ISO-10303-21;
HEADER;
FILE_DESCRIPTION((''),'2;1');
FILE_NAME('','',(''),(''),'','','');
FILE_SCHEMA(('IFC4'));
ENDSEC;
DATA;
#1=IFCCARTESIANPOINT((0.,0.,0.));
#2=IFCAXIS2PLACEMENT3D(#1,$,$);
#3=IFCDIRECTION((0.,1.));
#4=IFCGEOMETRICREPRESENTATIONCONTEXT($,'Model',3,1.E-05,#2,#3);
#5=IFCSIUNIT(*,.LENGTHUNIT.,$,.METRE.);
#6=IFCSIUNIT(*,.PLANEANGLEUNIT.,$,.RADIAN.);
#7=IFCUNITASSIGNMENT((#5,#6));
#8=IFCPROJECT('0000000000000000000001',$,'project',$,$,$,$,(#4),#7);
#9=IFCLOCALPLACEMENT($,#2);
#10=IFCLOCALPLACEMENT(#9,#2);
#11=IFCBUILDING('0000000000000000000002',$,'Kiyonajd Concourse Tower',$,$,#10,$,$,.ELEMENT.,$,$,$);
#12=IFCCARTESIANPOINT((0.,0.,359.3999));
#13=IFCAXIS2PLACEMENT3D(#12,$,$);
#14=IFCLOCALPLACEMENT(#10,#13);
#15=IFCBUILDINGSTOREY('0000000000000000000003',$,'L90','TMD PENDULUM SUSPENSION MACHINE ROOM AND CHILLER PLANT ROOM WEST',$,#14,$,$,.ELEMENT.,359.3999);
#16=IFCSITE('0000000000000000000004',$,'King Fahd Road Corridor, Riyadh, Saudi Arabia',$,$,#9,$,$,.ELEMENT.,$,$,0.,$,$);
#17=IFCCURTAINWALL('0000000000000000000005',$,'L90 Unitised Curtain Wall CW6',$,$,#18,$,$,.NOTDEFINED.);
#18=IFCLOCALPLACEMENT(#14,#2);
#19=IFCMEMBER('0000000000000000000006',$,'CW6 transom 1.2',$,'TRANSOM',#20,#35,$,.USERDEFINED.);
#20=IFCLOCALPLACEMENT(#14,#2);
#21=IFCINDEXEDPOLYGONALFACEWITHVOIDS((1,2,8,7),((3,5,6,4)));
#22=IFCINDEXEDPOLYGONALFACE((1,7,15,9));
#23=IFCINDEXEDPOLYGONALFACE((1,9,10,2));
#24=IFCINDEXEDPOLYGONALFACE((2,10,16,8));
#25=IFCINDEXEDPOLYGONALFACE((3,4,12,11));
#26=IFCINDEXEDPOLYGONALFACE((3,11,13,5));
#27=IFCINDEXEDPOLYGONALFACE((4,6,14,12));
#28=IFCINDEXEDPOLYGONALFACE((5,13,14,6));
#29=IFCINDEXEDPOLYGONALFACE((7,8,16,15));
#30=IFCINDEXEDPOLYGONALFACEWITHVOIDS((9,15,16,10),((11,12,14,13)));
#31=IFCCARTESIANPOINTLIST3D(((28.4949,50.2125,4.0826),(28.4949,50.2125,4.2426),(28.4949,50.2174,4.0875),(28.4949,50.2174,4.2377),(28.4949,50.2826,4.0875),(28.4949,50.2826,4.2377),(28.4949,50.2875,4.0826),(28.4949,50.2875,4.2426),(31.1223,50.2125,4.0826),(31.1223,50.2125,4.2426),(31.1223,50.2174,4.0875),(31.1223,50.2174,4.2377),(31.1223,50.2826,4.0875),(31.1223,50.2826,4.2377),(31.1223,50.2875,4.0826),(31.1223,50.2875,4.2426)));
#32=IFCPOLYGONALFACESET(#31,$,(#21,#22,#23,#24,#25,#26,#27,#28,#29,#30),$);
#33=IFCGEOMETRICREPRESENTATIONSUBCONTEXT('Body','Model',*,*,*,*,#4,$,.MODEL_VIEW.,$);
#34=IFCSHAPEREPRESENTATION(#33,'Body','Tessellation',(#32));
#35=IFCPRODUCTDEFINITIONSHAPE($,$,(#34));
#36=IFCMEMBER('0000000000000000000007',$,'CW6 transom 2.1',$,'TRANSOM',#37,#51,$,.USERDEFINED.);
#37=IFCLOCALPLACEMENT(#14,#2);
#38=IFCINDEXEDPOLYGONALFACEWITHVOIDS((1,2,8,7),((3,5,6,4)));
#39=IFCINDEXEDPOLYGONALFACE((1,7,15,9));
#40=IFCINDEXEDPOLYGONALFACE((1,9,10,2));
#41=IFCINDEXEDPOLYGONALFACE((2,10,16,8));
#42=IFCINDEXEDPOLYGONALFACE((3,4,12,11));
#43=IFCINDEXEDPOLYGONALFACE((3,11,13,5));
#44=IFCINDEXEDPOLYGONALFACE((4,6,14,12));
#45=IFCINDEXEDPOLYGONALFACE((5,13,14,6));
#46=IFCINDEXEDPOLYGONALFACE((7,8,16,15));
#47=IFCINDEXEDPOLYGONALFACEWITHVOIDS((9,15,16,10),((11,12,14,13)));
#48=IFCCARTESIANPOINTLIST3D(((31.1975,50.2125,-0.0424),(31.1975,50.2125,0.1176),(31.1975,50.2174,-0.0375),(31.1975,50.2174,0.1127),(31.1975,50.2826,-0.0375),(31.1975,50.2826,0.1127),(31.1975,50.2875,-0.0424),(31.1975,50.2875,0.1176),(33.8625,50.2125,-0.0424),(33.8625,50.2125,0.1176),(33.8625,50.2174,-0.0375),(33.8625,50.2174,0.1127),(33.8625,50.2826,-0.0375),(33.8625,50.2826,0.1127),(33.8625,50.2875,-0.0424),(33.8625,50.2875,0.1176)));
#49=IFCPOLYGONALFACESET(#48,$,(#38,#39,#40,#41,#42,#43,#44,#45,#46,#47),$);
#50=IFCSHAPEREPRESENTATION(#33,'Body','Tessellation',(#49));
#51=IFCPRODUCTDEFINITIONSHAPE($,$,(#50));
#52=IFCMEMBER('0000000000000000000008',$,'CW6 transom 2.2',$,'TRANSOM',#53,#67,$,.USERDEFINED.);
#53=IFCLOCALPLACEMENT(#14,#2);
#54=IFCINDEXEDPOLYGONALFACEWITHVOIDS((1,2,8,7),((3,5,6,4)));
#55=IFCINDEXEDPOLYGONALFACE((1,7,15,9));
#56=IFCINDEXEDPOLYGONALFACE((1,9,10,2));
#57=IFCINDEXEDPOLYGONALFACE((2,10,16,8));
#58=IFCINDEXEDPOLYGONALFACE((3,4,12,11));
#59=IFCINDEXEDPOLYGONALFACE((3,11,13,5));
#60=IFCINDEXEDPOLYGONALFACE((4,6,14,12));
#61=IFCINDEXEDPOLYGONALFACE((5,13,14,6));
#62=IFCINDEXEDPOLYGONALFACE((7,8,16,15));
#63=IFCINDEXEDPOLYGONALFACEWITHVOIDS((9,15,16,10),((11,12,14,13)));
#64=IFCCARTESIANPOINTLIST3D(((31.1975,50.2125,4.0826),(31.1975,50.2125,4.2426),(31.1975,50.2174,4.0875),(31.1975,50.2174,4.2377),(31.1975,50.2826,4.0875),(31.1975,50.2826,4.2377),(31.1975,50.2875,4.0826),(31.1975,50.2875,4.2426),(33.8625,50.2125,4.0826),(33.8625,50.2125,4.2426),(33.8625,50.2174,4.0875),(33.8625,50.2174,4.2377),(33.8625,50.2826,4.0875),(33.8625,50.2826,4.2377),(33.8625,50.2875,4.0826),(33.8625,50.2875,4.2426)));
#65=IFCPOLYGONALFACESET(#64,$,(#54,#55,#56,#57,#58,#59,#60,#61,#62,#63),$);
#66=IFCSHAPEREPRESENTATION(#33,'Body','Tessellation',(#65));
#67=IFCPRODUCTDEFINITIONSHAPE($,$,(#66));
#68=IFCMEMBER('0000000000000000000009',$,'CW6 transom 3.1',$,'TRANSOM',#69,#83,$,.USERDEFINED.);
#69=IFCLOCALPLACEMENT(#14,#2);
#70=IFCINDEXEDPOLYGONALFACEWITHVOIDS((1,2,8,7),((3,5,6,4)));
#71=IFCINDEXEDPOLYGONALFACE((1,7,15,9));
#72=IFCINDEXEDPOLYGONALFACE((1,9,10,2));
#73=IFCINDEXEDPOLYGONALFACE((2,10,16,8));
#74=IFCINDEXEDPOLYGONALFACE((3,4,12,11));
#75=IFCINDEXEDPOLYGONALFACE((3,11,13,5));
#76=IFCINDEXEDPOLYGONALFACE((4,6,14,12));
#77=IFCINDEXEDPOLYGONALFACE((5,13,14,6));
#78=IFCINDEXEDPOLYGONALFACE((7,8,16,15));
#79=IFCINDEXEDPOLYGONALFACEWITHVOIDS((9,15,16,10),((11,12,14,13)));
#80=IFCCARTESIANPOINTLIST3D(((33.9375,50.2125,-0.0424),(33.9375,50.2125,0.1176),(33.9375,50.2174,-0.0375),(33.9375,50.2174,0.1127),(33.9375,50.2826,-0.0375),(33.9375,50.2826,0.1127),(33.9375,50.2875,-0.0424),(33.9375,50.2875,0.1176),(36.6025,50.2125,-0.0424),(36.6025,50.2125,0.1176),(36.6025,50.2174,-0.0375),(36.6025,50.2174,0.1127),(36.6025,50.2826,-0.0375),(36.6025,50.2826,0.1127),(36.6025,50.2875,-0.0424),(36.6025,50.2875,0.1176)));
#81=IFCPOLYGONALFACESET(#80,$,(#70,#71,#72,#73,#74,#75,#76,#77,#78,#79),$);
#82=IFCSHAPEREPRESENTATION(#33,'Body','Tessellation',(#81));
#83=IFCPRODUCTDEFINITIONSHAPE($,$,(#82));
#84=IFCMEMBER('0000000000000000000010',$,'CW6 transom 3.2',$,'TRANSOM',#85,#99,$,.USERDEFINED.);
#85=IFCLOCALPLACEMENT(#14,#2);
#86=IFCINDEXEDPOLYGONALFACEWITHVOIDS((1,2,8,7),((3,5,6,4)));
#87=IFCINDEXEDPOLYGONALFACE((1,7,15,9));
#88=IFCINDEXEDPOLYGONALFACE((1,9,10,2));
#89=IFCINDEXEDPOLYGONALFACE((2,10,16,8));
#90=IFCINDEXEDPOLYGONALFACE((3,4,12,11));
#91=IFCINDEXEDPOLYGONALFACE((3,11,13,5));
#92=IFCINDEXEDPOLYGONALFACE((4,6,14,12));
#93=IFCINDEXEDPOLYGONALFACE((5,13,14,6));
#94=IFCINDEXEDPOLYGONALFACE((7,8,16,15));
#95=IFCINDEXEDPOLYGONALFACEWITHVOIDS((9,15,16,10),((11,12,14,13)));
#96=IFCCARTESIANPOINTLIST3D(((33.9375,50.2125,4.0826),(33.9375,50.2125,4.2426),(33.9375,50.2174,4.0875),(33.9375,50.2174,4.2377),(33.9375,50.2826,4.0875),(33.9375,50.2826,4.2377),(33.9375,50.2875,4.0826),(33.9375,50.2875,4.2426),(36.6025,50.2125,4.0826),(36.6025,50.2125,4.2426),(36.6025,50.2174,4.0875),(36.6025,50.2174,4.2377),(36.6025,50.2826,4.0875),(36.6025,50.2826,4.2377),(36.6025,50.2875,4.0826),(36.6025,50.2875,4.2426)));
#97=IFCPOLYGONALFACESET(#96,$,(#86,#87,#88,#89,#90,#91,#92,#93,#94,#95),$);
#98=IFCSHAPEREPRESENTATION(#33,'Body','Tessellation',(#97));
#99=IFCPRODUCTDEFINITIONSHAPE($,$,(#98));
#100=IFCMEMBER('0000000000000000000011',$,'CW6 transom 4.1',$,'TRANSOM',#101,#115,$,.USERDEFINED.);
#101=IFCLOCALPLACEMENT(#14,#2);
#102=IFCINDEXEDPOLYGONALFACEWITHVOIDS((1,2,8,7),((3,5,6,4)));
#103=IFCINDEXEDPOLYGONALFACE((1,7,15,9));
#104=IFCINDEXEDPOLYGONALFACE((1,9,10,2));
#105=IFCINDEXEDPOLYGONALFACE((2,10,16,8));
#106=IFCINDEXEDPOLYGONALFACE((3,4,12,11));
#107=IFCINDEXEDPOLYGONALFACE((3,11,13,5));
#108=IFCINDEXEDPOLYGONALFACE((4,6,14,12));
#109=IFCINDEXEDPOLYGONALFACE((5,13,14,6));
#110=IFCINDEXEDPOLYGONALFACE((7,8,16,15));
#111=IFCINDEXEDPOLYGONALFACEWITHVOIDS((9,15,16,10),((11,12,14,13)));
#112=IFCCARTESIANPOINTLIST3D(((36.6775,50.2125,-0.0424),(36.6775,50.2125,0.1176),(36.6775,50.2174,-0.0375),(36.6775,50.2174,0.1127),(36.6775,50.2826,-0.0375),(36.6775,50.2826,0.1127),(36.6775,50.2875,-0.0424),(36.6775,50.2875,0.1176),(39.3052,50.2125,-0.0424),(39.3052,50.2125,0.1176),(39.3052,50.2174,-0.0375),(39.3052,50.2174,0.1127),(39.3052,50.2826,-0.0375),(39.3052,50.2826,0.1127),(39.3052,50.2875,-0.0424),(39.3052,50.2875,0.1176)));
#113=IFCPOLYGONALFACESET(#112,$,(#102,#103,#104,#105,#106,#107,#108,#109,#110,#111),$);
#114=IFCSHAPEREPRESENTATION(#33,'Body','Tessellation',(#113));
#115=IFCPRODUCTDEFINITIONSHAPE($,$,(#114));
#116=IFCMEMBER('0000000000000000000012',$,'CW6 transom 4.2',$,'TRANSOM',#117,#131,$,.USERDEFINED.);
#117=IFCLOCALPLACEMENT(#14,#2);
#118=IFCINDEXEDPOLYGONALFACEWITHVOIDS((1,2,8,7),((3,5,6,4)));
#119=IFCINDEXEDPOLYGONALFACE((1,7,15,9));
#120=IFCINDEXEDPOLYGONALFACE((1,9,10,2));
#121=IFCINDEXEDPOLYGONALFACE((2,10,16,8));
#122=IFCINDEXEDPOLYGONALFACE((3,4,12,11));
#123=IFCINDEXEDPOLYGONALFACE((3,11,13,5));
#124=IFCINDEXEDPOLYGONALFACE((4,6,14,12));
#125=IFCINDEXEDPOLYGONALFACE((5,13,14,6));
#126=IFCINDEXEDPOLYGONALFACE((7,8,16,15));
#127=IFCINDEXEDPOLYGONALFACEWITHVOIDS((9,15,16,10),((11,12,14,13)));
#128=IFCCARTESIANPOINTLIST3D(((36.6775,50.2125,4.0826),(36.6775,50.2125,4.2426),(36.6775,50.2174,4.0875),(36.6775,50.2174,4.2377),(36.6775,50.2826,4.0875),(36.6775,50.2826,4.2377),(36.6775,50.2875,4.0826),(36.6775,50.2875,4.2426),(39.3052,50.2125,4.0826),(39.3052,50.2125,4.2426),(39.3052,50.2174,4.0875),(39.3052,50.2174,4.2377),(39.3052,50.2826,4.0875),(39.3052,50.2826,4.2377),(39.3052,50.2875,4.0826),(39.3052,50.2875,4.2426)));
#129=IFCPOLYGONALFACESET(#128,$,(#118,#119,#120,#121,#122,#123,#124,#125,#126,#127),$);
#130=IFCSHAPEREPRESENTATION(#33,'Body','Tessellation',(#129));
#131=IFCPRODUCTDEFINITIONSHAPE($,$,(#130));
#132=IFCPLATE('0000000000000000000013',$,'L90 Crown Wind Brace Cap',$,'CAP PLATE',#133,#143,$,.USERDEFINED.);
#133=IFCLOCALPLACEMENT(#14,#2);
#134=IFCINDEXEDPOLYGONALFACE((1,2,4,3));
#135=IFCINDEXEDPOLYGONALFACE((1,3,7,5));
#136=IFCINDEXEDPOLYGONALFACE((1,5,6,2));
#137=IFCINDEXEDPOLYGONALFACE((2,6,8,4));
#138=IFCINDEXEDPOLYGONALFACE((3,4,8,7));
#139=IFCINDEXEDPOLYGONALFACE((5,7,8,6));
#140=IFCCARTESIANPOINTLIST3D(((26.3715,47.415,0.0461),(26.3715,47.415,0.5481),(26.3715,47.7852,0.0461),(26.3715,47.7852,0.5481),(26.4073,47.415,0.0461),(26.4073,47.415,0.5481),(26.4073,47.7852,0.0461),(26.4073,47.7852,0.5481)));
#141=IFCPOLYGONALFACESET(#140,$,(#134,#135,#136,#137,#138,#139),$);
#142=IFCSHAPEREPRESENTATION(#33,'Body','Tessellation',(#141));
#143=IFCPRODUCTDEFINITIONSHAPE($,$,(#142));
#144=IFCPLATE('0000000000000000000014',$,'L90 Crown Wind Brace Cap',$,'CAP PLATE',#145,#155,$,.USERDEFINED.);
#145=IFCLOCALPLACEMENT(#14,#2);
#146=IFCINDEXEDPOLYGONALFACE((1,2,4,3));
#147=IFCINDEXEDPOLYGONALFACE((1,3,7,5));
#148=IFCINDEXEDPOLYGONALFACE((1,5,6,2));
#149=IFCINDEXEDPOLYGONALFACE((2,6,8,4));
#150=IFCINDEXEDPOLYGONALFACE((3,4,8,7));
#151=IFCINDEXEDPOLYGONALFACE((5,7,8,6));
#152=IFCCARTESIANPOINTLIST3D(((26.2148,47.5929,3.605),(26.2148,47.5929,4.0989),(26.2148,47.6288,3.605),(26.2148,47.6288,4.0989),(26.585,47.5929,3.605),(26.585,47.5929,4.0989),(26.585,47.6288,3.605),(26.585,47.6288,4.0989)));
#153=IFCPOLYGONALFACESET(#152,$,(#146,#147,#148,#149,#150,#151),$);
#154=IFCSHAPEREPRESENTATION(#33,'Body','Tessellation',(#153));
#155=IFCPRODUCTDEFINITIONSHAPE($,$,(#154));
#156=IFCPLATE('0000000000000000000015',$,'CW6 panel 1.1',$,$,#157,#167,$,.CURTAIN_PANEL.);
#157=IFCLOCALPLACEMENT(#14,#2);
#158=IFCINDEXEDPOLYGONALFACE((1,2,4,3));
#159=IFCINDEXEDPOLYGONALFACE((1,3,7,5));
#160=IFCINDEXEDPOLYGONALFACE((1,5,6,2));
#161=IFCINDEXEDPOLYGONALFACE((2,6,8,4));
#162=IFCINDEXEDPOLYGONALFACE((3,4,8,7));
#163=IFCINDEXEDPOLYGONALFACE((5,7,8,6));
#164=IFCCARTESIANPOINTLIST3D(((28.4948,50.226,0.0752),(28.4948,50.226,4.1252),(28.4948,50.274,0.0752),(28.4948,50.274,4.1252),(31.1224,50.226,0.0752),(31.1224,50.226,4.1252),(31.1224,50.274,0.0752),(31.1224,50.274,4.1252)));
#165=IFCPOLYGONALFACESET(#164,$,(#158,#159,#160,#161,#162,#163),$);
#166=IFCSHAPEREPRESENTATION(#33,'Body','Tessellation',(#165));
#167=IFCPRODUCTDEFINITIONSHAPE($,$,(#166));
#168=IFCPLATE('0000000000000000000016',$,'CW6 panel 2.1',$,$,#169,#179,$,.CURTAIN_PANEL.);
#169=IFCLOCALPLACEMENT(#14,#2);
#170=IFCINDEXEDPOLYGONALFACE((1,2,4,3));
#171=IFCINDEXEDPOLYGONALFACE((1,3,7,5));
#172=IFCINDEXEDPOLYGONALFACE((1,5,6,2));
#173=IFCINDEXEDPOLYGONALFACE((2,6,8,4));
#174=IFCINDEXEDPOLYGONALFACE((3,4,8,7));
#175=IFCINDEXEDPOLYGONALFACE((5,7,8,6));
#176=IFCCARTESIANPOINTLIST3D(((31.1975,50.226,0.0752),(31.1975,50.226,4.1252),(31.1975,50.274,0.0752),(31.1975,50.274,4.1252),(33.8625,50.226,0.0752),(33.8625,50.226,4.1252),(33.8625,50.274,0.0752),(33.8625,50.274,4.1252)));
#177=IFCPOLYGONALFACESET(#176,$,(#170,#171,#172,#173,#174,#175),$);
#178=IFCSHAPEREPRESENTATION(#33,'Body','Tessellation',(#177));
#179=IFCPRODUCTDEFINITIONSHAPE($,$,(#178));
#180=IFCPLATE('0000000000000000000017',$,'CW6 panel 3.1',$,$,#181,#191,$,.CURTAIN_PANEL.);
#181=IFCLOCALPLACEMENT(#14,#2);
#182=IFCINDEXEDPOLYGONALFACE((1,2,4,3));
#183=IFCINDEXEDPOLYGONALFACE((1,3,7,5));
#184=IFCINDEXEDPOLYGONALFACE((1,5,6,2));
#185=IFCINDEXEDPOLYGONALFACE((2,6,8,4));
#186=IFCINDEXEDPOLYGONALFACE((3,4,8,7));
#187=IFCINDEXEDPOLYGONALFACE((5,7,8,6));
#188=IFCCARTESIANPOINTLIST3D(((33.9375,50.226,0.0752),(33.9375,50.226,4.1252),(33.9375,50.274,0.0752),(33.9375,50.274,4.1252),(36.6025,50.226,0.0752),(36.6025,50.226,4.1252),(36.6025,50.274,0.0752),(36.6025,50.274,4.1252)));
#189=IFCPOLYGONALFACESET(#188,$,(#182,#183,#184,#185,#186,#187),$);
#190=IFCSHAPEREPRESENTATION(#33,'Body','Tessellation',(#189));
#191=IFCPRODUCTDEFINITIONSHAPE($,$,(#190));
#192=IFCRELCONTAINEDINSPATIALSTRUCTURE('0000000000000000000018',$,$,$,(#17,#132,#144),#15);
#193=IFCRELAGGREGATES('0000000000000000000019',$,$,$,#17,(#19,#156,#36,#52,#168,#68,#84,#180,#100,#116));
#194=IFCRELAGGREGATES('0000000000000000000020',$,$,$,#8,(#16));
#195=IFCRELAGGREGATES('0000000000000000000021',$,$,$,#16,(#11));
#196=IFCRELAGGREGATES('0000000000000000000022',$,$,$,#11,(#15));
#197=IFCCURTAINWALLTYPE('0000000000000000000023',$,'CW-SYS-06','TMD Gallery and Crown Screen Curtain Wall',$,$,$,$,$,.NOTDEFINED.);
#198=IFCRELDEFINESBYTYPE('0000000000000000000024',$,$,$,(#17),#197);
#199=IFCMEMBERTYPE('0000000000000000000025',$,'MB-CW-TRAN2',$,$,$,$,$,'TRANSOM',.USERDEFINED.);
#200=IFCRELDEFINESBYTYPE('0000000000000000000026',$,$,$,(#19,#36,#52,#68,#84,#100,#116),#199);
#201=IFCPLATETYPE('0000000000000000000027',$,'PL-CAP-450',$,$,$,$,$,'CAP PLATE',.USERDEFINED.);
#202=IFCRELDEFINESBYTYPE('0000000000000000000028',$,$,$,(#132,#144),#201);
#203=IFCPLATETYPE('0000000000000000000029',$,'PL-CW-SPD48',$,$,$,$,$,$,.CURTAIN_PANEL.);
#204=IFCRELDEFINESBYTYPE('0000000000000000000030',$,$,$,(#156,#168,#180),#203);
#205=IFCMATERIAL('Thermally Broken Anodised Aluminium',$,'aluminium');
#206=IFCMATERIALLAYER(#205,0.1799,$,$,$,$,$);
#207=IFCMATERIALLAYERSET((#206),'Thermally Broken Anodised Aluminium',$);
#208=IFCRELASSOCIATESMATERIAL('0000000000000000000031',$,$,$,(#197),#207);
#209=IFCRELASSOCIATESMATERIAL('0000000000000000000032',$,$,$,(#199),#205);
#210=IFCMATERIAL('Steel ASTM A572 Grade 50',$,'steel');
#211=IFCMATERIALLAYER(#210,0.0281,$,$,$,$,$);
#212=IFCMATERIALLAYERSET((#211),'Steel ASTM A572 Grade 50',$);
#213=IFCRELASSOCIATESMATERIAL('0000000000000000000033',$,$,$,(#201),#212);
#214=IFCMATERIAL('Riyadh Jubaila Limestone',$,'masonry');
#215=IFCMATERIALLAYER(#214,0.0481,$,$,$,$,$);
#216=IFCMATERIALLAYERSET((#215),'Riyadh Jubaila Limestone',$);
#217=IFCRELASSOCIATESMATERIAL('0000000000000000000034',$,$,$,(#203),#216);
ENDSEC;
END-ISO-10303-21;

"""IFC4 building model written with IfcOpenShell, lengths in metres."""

from ifc_helpers import new_model, si_unit, direction, frame, origin, origin_2d, place, context, subcontext, project, spatial, rectangle, hollow_rectangle, extrude, material, layer, layer_set, material_profile, profile_set, type_object, element, aggregate, save


model = new_model("IFC4")

# Units and contexts
model_context = context("Model", 3, precision=1e-05, world=origin(), true_north=direction((0.0, 1.0)))
body_context = subcontext(model_context, "Body", "Model", "MODEL_VIEW")
ifc_project = project(units=[si_unit("LENGTHUNIT", "METRE"), si_unit("PLANEANGLEUNIT", "RADIAN")], contexts=[model_context])

# Site, building, storey
site_placement = place(None, origin())
site = spatial("IfcSite", under=ifc_project, at=site_placement, Name="King Fahd Road Corridor, Riyadh, Saudi Arabia", CompositionType="ELEMENT", RefElevation=0.0)
building_placement = place(site_placement, origin())
building = spatial("IfcBuilding", under=site, at=building_placement, Name="Kiyonajd Concourse Tower", CompositionType="ELEMENT")
storey_placement = place(building_placement, frame((0.0, 0.0, 359.3999)))
storey = spatial("IfcBuildingStorey", under=building, at=storey_placement, Name="L90", Description="TMD PENDULUM SUSPENSION MACHINE ROOM AND CHILLER PLANT ROOM WEST", CompositionType="ELEMENT", Elevation=359.3999)

# Shared definitions
ifc_material_1 = material(Name="Steel ASTM A572 Grade 50", Category="steel")

# Curtain wall, members
ifc_material_2 = material(Name="Thermally Broken Anodised Aluminium", Category="aluminium")
ifc_layer_1 = layer(ifc_material_2, 0.1799)
ifc_layer_set_1 = layer_set([ifc_layer_1], Name="Thermally Broken Anodised Aluminium")
curtain_wall_type = type_object("IfcCurtainWallType", Name="CW-SYS-06", Description="TMD Gallery and Crown Screen Curtain Wall", PredefinedType="NOTDEFINED", material=ifc_layer_set_1)
curtain_wall_placement = place(storey_placement, origin())
curtain_wall = element("IfcCurtainWall", 1, at=curtain_wall_placement, inside=storey, type_object=curtain_wall_type, Name="L90 Unitised Curtain Wall CW6", PredefinedType="NOTDEFINED")
ifc_material_profile_1 = material_profile(ifc_material_2, hollow_rectangle(XDim=0.075, YDim=0.1599, WallThickness=0.0049, at=origin_2d()), Name="TRAN-75x160")
ifc_profile_set_1 = profile_set([ifc_material_profile_1], Name="Thermally Broken Anodised Aluminium")
member_type_1 = type_object("IfcMemberType", Name="MB-CW-TRAN2", ElementType="TRANSOM", PredefinedType="USERDEFINED", material=ifc_profile_set_1)
member_1_placement = place(storey_placement, frame((28.4949, 50.25, 4.1626), z_axis=(1.0, 0.0, 0.0), x_axis=(0.0, 1.0, 0.0)))
member_1 = element("IfcMember", 2, at=member_1_placement, type_object=member_type_1, Name="CW6 transom 1.2", ObjectType="TRANSOM", PredefinedType="USERDEFINED", context=body_context, shape_type="SweptSolid", body=[
    extrude(hollow_rectangle(XDim=0.075, YDim=0.1599, WallThickness=0.0049, at=origin_2d()), origin(), (0.0, 0.0, 1.0), 2.6274),
])
member_2_placement = place(storey_placement, frame((31.1975, 50.25, 0.0376), z_axis=(1.0, 0.0, 0.0), x_axis=(0.0, 1.0, 0.0)))
member_2 = element("IfcMember", 3, at=member_2_placement, type_object=member_type_1, Name="CW6 transom 2.1", ObjectType="TRANSOM", PredefinedType="USERDEFINED", context=body_context, shape_type="SweptSolid", body=[
    extrude(hollow_rectangle(XDim=0.075, YDim=0.1599, WallThickness=0.0049, at=origin_2d()), origin(), (0.0, 0.0, 1.0), 2.665),
])
member_3_placement = place(storey_placement, frame((31.1975, 50.25, 4.1626), z_axis=(1.0, 0.0, 0.0), x_axis=(0.0, 1.0, 0.0)))
member_3 = element("IfcMember", 4, at=member_3_placement, type_object=member_type_1, Name="CW6 transom 2.2", ObjectType="TRANSOM", PredefinedType="USERDEFINED", context=body_context, shape_type="SweptSolid", body=[
    extrude(hollow_rectangle(XDim=0.075, YDim=0.1599, WallThickness=0.0049, at=origin_2d()), origin(), (0.0, 0.0, 1.0), 2.665),
])
member_4_placement = place(storey_placement, frame((33.9375, 50.25, 0.0376), z_axis=(1.0, 0.0, 0.0), x_axis=(0.0, 1.0, 0.0)))
member_4 = element("IfcMember", 5, at=member_4_placement, type_object=member_type_1, Name="CW6 transom 3.1", ObjectType="TRANSOM", PredefinedType="USERDEFINED", context=body_context, shape_type="SweptSolid", body=[
    extrude(hollow_rectangle(XDim=0.075, YDim=0.1599, WallThickness=0.0049, at=origin_2d()), origin(), (0.0, 0.0, 1.0), 2.665),
])
member_5_placement = place(storey_placement, frame((33.9375, 50.25, 4.1626), z_axis=(1.0, 0.0, 0.0), x_axis=(0.0, 1.0, 0.0)))
member_5 = element("IfcMember", 6, at=member_5_placement, type_object=member_type_1, Name="CW6 transom 3.2", ObjectType="TRANSOM", PredefinedType="USERDEFINED", context=body_context, shape_type="SweptSolid", body=[
    extrude(hollow_rectangle(XDim=0.075, YDim=0.1599, WallThickness=0.0049, at=origin_2d()), origin(), (0.0, 0.0, 1.0), 2.665),
])
member_6_placement = place(storey_placement, frame((36.6775, 50.25, 0.0376), z_axis=(1.0, 0.0, 0.0), x_axis=(0.0, 1.0, 0.0)))
member_6 = element("IfcMember", 7, at=member_6_placement, type_object=member_type_1, Name="CW6 transom 4.1", ObjectType="TRANSOM", PredefinedType="USERDEFINED", context=body_context, shape_type="SweptSolid", body=[
    extrude(hollow_rectangle(XDim=0.075, YDim=0.1599, WallThickness=0.0049, at=origin_2d()), origin(), (0.0, 0.0, 1.0), 2.6277),
])
member_7_placement = place(storey_placement, frame((36.6775, 50.25, 4.1626), z_axis=(1.0, 0.0, 0.0), x_axis=(0.0, 1.0, 0.0)))
member_7 = element("IfcMember", 8, at=member_7_placement, type_object=member_type_1, Name="CW6 transom 4.2", ObjectType="TRANSOM", PredefinedType="USERDEFINED", context=body_context, shape_type="SweptSolid", body=[
    extrude(hollow_rectangle(XDim=0.075, YDim=0.1599, WallThickness=0.0049, at=origin_2d()), origin(), (0.0, 0.0, 1.0), 2.6277),
])

# Plates
ifc_layer_2 = layer(ifc_material_1, 0.0281)
ifc_layer_set_2 = layer_set([ifc_layer_2], Name="Steel ASTM A572 Grade 50")
plate_type_1 = type_object("IfcPlateType", Name="PL-CAP-450", ElementType="CAP PLATE", PredefinedType="USERDEFINED", material=ifc_layer_set_2)
plate_1_placement = place(storey_placement, frame((26.3894, 47.6001, 0.0461), z_axis=(0.0, 0.0, 1.0), x_axis=(-1.0, 0.0, 0.0)))
element("IfcPlate", 9, at=plate_1_placement, inside=storey, type_object=plate_type_1, Name="L90 Crown Wind Brace Cap", ObjectType="CAP PLATE", PredefinedType="USERDEFINED", context=body_context, shape_type="SweptSolid", body=[
    extrude(rectangle(XDim=0.0359, YDim=0.3701, at=origin_2d()), origin(), (0.0, 0.0, 1.0), 0.502),
])
plate_2_placement = place(storey_placement, frame((26.3999, 47.6108, 3.605), z_axis=(0.0, 0.0, 1.0), x_axis=(0.0, 1.0, 0.0)))
element("IfcPlate", 10, at=plate_2_placement, inside=storey, type_object=plate_type_1, Name="L90 Crown Wind Brace Cap", ObjectType="CAP PLATE", PredefinedType="USERDEFINED", context=body_context, shape_type="SweptSolid", body=[
    extrude(rectangle(XDim=0.0359, YDim=0.3701, at=origin_2d()), origin(), (0.0, 0.0, 1.0), 0.4939),
])

# Plates
ifc_material_3 = material(Name="Riyadh Jubaila Limestone", Category="masonry")
ifc_layer_3 = layer(ifc_material_3, 0.0481)
ifc_layer_set_3 = layer_set([ifc_layer_3], Name="Riyadh Jubaila Limestone")
plate_type_2 = type_object("IfcPlateType", Name="PL-CW-SPD48", PredefinedType="CURTAIN_PANEL", material=ifc_layer_set_3)
plate_3_placement = place(storey_placement, frame((29.8086, 50.25, 0.0752), z_axis=(0.0, 0.0, 1.0), x_axis=(1.0, 0.0, 0.0)))
plate_3 = element("IfcPlate", 11, at=plate_3_placement, type_object=plate_type_2, Name="CW6 panel 1.1", PredefinedType="CURTAIN_PANEL", context=body_context, shape_type="SweptSolid", body=[
    extrude(rectangle(XDim=2.6277, YDim=0.0481, at=origin_2d()), origin(), (0.0, 0.0, 1.0), 4.05),
])
plate_4_placement = place(storey_placement, frame((32.53, 50.25, 0.0752), z_axis=(0.0, 0.0, 1.0), x_axis=(1.0, 0.0, 0.0)))
plate_4 = element("IfcPlate", 12, at=plate_4_placement, type_object=plate_type_2, Name="CW6 panel 2.1", PredefinedType="CURTAIN_PANEL", context=body_context, shape_type="SweptSolid", body=[
    extrude(rectangle(XDim=2.665, YDim=0.0481, at=origin_2d()), origin(), (0.0, 0.0, 1.0), 4.05),
])
plate_5_placement = place(storey_placement, frame((35.27, 50.25, 0.0752), z_axis=(0.0, 0.0, 1.0), x_axis=(1.0, 0.0, 0.0)))
plate_5 = element("IfcPlate", 13, at=plate_5_placement, type_object=plate_type_2, Name="CW6 panel 3.1", PredefinedType="CURTAIN_PANEL", context=body_context, shape_type="SweptSolid", body=[
    extrude(rectangle(XDim=2.665, YDim=0.0481, at=origin_2d()), origin(), (0.0, 0.0, 1.0), 4.05),
])
aggregate(curtain_wall, [member_1, plate_3, member_2, member_3, plate_4, member_4, member_5, plate_5, member_6, member_7])

save(model, "model.ifc")
